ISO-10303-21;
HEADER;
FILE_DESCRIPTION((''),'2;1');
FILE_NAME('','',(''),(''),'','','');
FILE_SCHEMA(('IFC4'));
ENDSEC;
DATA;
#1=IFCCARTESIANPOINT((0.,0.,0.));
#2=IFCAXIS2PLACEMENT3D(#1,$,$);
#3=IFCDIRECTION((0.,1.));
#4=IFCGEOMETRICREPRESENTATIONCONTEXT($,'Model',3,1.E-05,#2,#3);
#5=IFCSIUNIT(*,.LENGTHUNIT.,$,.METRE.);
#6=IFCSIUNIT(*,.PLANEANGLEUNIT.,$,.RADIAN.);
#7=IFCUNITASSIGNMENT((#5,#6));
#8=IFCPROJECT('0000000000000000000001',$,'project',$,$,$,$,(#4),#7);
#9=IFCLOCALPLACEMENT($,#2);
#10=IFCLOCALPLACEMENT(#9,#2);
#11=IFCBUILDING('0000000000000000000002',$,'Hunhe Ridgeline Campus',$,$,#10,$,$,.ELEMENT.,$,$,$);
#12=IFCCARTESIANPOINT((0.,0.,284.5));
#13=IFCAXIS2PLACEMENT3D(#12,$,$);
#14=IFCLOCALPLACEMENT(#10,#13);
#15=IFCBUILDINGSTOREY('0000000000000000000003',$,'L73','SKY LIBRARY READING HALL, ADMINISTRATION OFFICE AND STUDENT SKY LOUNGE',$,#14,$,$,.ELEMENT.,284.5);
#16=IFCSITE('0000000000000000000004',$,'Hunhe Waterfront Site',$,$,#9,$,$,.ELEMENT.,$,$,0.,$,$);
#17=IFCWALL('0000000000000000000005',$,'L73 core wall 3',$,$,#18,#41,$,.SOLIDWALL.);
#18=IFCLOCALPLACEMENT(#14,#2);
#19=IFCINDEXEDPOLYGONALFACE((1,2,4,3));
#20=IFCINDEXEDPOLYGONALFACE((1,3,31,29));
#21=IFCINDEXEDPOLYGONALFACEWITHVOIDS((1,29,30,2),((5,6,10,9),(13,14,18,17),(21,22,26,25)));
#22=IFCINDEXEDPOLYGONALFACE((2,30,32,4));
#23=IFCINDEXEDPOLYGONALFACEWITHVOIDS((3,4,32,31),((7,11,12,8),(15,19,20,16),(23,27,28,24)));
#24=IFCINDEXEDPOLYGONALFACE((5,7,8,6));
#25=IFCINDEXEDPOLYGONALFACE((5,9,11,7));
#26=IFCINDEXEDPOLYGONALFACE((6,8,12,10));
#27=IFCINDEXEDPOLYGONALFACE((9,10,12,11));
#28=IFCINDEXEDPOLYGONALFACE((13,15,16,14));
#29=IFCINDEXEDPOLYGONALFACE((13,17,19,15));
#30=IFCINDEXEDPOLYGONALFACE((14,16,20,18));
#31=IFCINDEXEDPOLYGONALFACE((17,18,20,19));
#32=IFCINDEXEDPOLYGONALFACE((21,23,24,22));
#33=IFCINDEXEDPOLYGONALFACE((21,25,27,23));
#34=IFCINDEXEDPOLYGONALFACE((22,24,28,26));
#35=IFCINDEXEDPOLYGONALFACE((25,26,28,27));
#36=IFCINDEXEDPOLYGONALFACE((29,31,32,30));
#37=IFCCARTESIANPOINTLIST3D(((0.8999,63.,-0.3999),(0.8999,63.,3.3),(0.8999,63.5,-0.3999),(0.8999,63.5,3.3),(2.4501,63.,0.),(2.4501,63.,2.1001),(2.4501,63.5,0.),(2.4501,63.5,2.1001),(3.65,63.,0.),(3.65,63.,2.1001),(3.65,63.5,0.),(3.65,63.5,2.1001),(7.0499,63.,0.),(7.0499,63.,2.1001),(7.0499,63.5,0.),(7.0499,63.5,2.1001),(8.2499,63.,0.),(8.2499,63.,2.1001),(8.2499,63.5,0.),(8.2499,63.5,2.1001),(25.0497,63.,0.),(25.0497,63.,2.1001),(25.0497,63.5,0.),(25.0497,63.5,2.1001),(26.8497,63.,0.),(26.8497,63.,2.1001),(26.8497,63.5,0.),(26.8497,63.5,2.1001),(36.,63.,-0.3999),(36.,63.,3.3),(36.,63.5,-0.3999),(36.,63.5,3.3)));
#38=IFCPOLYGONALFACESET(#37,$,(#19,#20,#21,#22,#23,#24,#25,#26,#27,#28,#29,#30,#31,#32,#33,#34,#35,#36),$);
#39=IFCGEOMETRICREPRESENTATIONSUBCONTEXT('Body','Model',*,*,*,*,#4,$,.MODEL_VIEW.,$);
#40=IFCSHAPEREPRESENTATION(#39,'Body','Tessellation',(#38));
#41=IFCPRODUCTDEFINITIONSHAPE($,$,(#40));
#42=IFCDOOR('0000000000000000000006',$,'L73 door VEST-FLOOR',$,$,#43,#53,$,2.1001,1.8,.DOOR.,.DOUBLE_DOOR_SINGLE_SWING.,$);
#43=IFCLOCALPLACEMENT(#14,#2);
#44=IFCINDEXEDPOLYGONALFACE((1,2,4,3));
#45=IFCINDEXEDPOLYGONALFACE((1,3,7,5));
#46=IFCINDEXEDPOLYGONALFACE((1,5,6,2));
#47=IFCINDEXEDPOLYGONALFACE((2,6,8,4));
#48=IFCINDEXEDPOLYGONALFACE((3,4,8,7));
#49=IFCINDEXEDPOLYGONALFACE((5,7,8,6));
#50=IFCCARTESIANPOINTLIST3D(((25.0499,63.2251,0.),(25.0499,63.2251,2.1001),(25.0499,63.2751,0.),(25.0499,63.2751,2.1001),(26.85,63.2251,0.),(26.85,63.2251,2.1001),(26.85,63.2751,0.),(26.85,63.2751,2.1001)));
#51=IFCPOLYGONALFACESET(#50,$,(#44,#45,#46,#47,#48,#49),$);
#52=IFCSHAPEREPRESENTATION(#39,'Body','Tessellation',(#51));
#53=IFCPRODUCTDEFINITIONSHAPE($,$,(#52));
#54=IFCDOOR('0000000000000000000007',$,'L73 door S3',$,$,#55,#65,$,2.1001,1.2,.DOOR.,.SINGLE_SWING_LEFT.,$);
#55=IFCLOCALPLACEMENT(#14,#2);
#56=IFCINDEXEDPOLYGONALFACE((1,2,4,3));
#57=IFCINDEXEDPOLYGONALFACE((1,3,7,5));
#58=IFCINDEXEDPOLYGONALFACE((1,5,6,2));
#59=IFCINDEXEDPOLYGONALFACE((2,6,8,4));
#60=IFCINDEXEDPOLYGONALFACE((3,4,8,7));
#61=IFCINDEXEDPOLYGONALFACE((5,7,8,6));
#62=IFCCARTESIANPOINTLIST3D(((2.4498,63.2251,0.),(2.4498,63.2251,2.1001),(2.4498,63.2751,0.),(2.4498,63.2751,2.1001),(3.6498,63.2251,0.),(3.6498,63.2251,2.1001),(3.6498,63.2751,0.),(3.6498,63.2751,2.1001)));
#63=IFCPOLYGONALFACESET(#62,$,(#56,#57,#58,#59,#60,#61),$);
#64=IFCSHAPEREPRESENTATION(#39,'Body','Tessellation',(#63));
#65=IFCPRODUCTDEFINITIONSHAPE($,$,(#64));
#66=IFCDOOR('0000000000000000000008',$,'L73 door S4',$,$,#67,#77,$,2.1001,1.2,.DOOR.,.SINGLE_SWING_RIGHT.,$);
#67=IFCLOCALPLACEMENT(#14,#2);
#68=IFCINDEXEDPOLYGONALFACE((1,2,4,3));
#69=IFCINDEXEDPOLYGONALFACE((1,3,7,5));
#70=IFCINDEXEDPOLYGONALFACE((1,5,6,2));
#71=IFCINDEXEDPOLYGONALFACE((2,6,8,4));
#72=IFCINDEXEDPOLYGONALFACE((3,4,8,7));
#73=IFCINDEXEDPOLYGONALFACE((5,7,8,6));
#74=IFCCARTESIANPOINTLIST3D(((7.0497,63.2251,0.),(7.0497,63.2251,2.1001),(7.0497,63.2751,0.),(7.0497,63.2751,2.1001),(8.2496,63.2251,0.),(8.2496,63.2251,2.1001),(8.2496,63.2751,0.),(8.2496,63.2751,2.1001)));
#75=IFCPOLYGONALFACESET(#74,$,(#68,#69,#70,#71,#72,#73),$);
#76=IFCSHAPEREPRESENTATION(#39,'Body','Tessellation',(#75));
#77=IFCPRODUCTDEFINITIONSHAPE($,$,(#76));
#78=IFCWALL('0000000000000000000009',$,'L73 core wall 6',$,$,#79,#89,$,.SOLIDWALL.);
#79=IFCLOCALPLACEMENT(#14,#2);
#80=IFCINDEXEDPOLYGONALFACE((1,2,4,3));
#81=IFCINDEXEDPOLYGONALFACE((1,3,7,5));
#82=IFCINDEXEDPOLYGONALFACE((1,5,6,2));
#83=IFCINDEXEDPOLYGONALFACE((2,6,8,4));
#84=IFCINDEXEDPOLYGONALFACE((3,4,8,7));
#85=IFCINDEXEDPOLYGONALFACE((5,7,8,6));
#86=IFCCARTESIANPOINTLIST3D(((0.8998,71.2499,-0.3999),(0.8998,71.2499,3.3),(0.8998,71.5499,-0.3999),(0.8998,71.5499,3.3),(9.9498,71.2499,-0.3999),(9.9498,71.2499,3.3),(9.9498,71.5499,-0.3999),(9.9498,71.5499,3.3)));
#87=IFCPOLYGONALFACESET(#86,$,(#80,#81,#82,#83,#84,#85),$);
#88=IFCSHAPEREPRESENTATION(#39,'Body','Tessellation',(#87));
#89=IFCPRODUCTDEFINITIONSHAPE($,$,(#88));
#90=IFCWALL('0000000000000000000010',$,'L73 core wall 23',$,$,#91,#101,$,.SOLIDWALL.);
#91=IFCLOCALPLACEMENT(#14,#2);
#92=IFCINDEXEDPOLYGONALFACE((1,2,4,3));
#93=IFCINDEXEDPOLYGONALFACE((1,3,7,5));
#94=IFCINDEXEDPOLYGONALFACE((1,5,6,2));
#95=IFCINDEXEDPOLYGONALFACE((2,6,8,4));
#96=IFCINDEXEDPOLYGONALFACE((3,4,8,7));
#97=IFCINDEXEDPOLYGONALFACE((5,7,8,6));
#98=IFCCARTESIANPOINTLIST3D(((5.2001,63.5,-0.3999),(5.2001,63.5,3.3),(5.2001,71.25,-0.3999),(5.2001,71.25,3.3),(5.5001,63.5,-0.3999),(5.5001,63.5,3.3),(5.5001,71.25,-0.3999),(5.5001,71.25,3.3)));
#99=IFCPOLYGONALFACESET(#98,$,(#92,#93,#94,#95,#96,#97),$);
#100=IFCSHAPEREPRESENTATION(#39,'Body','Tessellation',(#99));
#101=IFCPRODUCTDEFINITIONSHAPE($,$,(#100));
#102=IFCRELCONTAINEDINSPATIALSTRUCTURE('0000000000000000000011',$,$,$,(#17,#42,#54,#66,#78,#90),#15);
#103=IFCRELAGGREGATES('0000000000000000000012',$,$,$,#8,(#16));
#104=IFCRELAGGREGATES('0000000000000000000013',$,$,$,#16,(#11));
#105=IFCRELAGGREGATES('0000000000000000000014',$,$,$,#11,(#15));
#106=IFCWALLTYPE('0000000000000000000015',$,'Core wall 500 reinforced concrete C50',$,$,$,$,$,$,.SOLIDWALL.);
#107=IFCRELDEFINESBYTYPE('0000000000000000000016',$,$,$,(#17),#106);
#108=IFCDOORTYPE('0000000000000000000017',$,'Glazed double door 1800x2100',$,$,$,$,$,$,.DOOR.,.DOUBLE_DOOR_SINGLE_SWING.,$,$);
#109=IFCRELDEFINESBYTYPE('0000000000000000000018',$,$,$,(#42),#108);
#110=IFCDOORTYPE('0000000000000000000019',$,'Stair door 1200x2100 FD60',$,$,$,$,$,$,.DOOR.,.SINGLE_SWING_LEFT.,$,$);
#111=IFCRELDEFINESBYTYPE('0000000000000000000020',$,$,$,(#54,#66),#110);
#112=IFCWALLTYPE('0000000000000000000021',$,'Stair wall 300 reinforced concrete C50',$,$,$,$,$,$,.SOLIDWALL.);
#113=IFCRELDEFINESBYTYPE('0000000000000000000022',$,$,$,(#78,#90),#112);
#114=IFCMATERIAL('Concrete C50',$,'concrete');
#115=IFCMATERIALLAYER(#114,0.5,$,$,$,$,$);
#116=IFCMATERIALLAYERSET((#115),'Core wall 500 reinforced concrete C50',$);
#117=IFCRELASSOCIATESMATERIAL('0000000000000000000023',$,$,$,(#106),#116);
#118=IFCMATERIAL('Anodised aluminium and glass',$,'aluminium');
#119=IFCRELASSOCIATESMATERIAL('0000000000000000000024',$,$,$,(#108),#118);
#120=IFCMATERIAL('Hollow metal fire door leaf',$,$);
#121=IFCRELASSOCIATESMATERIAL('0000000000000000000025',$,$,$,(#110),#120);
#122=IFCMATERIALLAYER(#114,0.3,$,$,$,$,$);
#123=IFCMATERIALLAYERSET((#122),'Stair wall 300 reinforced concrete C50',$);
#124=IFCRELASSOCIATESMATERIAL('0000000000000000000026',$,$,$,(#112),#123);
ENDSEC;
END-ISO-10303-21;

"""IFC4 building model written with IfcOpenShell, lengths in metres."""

from ifc_helpers import new_model, si_unit, direction, frame, frame_2d, origin, place, context, subcontext, project, spatial, rectangle, extrude, material, layer, layer_set, type_object, element, fill, save


model = new_model("IFC4")

# Units and contexts
model_context = context("Model", 3, precision=1e-05, world=origin(), true_north=direction((0.0, 1.0)))
body_context = subcontext(model_context, "Body", "Model", "MODEL_VIEW")
ifc_project = project(units=[si_unit("LENGTHUNIT", "METRE"), si_unit("PLANEANGLEUNIT", "RADIAN")], contexts=[model_context])

# Site, building, storey
site_placement = place(None, origin())
site = spatial("IfcSite", under=ifc_project, at=site_placement, Name="Hunhe Waterfront Site", CompositionType="ELEMENT", RefElevation=0.0)
building_placement = place(site_placement, origin())
building = spatial("IfcBuilding", under=site, at=building_placement, Name="Hunhe Ridgeline Campus", CompositionType="ELEMENT")
storey_placement = place(building_placement, frame((0.0, 0.0, 284.5)))
storey = spatial("IfcBuildingStorey", under=building, at=storey_placement, Name="L73", Description="SKY LIBRARY READING HALL, ADMINISTRATION OFFICE AND STUDENT SKY LOUNGE", CompositionType="ELEMENT", Elevation=284.5)

# Wall, openings, doors
ifc_material_1 = material(Name="Concrete C50", Category="concrete")
ifc_layer_1 = layer(ifc_material_1, 0.5)
ifc_layer_set_1 = layer_set([ifc_layer_1], Name="Core wall 500 reinforced concrete C50")
wall_type_1 = type_object("IfcWallType", Name="Core wall 500 reinforced concrete C50", PredefinedType="SOLIDWALL", material=ifc_layer_set_1)
wall_1_placement = place(storey_placement, frame((0.8999, 63.25, -0.3999), z_axis=(0.0, 0.0, 1.0), x_axis=(1.0, 0.0, 0.0)))
wall_1 = element("IfcWall", 1, at=wall_1_placement, inside=storey, type_object=wall_type_1, Name="L73 core wall 3", PredefinedType="SOLIDWALL", context=body_context, shape_type="SweptSolid", body=[
    extrude(rectangle(XDim=35.1001, YDim=0.5, at=frame_2d((17.55, 0.0))), origin(), (0.0, 0.0, 1.0), 3.7),
])
opening_1_placement = place(wall_1_placement, frame((24.1499, 0.0, 0.3999)))
opening_1 = element("IfcOpeningElement", 2, at=opening_1_placement, cuts=wall_1, PredefinedType="OPENING", context=body_context, shape_type="SweptSolid", body=[
    extrude(rectangle(XDim=1.8, YDim=2.1001, at=frame_2d((0.8999, 1.05))), frame((0.0, 0.25, 0.0), z_axis=(0.0, -1.0, 0.0), x_axis=(1.0, 0.0, 0.0)), (0.0, 0.0, 1.0), 0.5),
])
opening_2_placement = place(wall_1_placement, frame((1.55, 0.0, 0.3999)))
opening_2 = element("IfcOpeningElement", 3, at=opening_2_placement, cuts=wall_1, PredefinedType="OPENING", context=body_context, shape_type="SweptSolid", body=[
    extrude(rectangle(XDim=1.2, YDim=2.1001, at=frame_2d((0.6001, 1.05))), frame((0.0, 0.25, 0.0), z_axis=(0.0, -1.0, 0.0), x_axis=(1.0, 0.0, 0.0)), (0.0, 0.0, 1.0), 0.5),
])
opening_3_placement = place(wall_1_placement, frame((6.1499, 0.0, 0.3999)))
opening_3 = element("IfcOpeningElement", 4, at=opening_3_placement, cuts=wall_1, PredefinedType="OPENING", context=body_context, shape_type="SweptSolid", body=[
    extrude(rectangle(XDim=1.2, YDim=2.1001, at=frame_2d((0.6001, 1.05))), frame((0.0, 0.25, 0.0), z_axis=(0.0, -1.0, 0.0), x_axis=(1.0, 0.0, 0.0)), (0.0, 0.0, 1.0), 0.5),
])
ifc_material_2 = material(Name="Anodised aluminium and glass", Category="aluminium")
door_type_1 = type_object("IfcDoorType", Name="Glazed double door 1800x2100", OperationType="DOUBLE_DOOR_SINGLE_SWING", PredefinedType="DOOR", material=ifc_material_2)
door_1_placement = place(opening_1_placement, frame((1.8, 0.0, 0.0), z_axis=(0.0, 0.0, 1.0), x_axis=(-1.0, 0.0, 0.0)))
door_1 = element("IfcDoor", 5, at=door_1_placement, inside=storey, type_object=door_type_1, Name="L73 door VEST-FLOOR", OperationType="DOUBLE_DOOR_SINGLE_SWING", OverallHeight=2.1001, OverallWidth=1.8, PredefinedType="DOOR", context=body_context, shape_type="SweptSolid", body=[
    extrude(rectangle(XDim=1.8, YDim=2.1001, at=frame_2d((0.8999, 1.05))), frame((0.0, 0.0249, 0.0), z_axis=(0.0, -1.0, 0.0), x_axis=(1.0, 0.0, 0.0)), (0.0, 0.0, 1.0), 0.05),
])
fill(opening_1, door_1)
ifc_material_3 = material(Name="Hollow metal fire door leaf")
door_type_2 = type_object("IfcDoorType", Name="Stair door 1200x2100 FD60", OperationType="SINGLE_SWING_LEFT", PredefinedType="DOOR", material=ifc_material_3)
door_2_placement = place(opening_2_placement, frame((1.2, 0.0, 0.0), z_axis=(0.0, 0.0, 1.0), x_axis=(-1.0, 0.0, 0.0)))
door_2 = element("IfcDoor", 6, at=door_2_placement, inside=storey, type_object=door_type_2, Name="L73 door S3", OperationType="SINGLE_SWING_LEFT", OverallHeight=2.1001, OverallWidth=1.2, PredefinedType="DOOR", context=body_context, shape_type="SweptSolid", body=[
    extrude(rectangle(XDim=1.2, YDim=2.1001, at=frame_2d((0.6001, 1.05))), frame((0.0, 0.0249, 0.0), z_axis=(0.0, -1.0, 0.0), x_axis=(1.0, 0.0, 0.0)), (0.0, 0.0, 1.0), 0.05),
])
fill(opening_2, door_2)
door_3_placement = place(opening_3_placement, frame((1.2, 0.0, 0.0), z_axis=(0.0, 0.0, 1.0), x_axis=(-1.0, 0.0, 0.0)))
door_3 = element("IfcDoor", 7, at=door_3_placement, inside=storey, type_object=door_type_2, Name="L73 door S4", OperationType="SINGLE_SWING_RIGHT", OverallHeight=2.1001, OverallWidth=1.2, PredefinedType="DOOR", context=body_context, shape_type="SweptSolid", body=[
    extrude(rectangle(XDim=1.2, YDim=2.1001, at=frame_2d((0.6001, 1.05))), frame((0.0, 0.0249, 0.0), z_axis=(0.0, -1.0, 0.0), x_axis=(1.0, 0.0, 0.0)), (0.0, 0.0, 1.0), 0.05),
])
fill(opening_3, door_3)

# Shared definitions
ifc_layer_2 = layer(ifc_material_1, 0.3)
ifc_layer_set_2 = layer_set([ifc_layer_2], Name="Stair wall 300 reinforced concrete C50")
wall_type_2 = type_object("IfcWallType", Name="Stair wall 300 reinforced concrete C50", PredefinedType="SOLIDWALL", material=ifc_layer_set_2)

# Walls
wall_2_placement = place(storey_placement, frame((0.8999, 71.3999, -0.3999), z_axis=(0.0, 0.0, 1.0), x_axis=(1.0, 0.0, 0.0)))
element("IfcWall", 8, at=wall_2_placement, inside=storey, type_object=wall_type_2, Name="L73 core wall 6", PredefinedType="SOLIDWALL", context=body_context, shape_type="SweptSolid", body=[
    extrude(rectangle(XDim=9.05, YDim=0.3, at=frame_2d((4.5249, 0.0))), origin(), (0.0, 0.0, 1.0), 3.7),
])
wall_3_placement = place(storey_placement, frame((5.3501, 63.5, -0.3999), z_axis=(0.0, 0.0, 1.0), x_axis=(0.0, 1.0, 0.0)))
element("IfcWall", 9, at=wall_3_placement, inside=storey, type_object=wall_type_2, Name="L73 core wall 23", PredefinedType="SOLIDWALL", context=body_context, shape_type="SweptSolid", body=[
    extrude(rectangle(XDim=7.75, YDim=0.3, at=frame_2d((3.875, 0.0))), origin(), (0.0, 0.0, 1.0), 3.7),
])

save(model, "model.ifc")
